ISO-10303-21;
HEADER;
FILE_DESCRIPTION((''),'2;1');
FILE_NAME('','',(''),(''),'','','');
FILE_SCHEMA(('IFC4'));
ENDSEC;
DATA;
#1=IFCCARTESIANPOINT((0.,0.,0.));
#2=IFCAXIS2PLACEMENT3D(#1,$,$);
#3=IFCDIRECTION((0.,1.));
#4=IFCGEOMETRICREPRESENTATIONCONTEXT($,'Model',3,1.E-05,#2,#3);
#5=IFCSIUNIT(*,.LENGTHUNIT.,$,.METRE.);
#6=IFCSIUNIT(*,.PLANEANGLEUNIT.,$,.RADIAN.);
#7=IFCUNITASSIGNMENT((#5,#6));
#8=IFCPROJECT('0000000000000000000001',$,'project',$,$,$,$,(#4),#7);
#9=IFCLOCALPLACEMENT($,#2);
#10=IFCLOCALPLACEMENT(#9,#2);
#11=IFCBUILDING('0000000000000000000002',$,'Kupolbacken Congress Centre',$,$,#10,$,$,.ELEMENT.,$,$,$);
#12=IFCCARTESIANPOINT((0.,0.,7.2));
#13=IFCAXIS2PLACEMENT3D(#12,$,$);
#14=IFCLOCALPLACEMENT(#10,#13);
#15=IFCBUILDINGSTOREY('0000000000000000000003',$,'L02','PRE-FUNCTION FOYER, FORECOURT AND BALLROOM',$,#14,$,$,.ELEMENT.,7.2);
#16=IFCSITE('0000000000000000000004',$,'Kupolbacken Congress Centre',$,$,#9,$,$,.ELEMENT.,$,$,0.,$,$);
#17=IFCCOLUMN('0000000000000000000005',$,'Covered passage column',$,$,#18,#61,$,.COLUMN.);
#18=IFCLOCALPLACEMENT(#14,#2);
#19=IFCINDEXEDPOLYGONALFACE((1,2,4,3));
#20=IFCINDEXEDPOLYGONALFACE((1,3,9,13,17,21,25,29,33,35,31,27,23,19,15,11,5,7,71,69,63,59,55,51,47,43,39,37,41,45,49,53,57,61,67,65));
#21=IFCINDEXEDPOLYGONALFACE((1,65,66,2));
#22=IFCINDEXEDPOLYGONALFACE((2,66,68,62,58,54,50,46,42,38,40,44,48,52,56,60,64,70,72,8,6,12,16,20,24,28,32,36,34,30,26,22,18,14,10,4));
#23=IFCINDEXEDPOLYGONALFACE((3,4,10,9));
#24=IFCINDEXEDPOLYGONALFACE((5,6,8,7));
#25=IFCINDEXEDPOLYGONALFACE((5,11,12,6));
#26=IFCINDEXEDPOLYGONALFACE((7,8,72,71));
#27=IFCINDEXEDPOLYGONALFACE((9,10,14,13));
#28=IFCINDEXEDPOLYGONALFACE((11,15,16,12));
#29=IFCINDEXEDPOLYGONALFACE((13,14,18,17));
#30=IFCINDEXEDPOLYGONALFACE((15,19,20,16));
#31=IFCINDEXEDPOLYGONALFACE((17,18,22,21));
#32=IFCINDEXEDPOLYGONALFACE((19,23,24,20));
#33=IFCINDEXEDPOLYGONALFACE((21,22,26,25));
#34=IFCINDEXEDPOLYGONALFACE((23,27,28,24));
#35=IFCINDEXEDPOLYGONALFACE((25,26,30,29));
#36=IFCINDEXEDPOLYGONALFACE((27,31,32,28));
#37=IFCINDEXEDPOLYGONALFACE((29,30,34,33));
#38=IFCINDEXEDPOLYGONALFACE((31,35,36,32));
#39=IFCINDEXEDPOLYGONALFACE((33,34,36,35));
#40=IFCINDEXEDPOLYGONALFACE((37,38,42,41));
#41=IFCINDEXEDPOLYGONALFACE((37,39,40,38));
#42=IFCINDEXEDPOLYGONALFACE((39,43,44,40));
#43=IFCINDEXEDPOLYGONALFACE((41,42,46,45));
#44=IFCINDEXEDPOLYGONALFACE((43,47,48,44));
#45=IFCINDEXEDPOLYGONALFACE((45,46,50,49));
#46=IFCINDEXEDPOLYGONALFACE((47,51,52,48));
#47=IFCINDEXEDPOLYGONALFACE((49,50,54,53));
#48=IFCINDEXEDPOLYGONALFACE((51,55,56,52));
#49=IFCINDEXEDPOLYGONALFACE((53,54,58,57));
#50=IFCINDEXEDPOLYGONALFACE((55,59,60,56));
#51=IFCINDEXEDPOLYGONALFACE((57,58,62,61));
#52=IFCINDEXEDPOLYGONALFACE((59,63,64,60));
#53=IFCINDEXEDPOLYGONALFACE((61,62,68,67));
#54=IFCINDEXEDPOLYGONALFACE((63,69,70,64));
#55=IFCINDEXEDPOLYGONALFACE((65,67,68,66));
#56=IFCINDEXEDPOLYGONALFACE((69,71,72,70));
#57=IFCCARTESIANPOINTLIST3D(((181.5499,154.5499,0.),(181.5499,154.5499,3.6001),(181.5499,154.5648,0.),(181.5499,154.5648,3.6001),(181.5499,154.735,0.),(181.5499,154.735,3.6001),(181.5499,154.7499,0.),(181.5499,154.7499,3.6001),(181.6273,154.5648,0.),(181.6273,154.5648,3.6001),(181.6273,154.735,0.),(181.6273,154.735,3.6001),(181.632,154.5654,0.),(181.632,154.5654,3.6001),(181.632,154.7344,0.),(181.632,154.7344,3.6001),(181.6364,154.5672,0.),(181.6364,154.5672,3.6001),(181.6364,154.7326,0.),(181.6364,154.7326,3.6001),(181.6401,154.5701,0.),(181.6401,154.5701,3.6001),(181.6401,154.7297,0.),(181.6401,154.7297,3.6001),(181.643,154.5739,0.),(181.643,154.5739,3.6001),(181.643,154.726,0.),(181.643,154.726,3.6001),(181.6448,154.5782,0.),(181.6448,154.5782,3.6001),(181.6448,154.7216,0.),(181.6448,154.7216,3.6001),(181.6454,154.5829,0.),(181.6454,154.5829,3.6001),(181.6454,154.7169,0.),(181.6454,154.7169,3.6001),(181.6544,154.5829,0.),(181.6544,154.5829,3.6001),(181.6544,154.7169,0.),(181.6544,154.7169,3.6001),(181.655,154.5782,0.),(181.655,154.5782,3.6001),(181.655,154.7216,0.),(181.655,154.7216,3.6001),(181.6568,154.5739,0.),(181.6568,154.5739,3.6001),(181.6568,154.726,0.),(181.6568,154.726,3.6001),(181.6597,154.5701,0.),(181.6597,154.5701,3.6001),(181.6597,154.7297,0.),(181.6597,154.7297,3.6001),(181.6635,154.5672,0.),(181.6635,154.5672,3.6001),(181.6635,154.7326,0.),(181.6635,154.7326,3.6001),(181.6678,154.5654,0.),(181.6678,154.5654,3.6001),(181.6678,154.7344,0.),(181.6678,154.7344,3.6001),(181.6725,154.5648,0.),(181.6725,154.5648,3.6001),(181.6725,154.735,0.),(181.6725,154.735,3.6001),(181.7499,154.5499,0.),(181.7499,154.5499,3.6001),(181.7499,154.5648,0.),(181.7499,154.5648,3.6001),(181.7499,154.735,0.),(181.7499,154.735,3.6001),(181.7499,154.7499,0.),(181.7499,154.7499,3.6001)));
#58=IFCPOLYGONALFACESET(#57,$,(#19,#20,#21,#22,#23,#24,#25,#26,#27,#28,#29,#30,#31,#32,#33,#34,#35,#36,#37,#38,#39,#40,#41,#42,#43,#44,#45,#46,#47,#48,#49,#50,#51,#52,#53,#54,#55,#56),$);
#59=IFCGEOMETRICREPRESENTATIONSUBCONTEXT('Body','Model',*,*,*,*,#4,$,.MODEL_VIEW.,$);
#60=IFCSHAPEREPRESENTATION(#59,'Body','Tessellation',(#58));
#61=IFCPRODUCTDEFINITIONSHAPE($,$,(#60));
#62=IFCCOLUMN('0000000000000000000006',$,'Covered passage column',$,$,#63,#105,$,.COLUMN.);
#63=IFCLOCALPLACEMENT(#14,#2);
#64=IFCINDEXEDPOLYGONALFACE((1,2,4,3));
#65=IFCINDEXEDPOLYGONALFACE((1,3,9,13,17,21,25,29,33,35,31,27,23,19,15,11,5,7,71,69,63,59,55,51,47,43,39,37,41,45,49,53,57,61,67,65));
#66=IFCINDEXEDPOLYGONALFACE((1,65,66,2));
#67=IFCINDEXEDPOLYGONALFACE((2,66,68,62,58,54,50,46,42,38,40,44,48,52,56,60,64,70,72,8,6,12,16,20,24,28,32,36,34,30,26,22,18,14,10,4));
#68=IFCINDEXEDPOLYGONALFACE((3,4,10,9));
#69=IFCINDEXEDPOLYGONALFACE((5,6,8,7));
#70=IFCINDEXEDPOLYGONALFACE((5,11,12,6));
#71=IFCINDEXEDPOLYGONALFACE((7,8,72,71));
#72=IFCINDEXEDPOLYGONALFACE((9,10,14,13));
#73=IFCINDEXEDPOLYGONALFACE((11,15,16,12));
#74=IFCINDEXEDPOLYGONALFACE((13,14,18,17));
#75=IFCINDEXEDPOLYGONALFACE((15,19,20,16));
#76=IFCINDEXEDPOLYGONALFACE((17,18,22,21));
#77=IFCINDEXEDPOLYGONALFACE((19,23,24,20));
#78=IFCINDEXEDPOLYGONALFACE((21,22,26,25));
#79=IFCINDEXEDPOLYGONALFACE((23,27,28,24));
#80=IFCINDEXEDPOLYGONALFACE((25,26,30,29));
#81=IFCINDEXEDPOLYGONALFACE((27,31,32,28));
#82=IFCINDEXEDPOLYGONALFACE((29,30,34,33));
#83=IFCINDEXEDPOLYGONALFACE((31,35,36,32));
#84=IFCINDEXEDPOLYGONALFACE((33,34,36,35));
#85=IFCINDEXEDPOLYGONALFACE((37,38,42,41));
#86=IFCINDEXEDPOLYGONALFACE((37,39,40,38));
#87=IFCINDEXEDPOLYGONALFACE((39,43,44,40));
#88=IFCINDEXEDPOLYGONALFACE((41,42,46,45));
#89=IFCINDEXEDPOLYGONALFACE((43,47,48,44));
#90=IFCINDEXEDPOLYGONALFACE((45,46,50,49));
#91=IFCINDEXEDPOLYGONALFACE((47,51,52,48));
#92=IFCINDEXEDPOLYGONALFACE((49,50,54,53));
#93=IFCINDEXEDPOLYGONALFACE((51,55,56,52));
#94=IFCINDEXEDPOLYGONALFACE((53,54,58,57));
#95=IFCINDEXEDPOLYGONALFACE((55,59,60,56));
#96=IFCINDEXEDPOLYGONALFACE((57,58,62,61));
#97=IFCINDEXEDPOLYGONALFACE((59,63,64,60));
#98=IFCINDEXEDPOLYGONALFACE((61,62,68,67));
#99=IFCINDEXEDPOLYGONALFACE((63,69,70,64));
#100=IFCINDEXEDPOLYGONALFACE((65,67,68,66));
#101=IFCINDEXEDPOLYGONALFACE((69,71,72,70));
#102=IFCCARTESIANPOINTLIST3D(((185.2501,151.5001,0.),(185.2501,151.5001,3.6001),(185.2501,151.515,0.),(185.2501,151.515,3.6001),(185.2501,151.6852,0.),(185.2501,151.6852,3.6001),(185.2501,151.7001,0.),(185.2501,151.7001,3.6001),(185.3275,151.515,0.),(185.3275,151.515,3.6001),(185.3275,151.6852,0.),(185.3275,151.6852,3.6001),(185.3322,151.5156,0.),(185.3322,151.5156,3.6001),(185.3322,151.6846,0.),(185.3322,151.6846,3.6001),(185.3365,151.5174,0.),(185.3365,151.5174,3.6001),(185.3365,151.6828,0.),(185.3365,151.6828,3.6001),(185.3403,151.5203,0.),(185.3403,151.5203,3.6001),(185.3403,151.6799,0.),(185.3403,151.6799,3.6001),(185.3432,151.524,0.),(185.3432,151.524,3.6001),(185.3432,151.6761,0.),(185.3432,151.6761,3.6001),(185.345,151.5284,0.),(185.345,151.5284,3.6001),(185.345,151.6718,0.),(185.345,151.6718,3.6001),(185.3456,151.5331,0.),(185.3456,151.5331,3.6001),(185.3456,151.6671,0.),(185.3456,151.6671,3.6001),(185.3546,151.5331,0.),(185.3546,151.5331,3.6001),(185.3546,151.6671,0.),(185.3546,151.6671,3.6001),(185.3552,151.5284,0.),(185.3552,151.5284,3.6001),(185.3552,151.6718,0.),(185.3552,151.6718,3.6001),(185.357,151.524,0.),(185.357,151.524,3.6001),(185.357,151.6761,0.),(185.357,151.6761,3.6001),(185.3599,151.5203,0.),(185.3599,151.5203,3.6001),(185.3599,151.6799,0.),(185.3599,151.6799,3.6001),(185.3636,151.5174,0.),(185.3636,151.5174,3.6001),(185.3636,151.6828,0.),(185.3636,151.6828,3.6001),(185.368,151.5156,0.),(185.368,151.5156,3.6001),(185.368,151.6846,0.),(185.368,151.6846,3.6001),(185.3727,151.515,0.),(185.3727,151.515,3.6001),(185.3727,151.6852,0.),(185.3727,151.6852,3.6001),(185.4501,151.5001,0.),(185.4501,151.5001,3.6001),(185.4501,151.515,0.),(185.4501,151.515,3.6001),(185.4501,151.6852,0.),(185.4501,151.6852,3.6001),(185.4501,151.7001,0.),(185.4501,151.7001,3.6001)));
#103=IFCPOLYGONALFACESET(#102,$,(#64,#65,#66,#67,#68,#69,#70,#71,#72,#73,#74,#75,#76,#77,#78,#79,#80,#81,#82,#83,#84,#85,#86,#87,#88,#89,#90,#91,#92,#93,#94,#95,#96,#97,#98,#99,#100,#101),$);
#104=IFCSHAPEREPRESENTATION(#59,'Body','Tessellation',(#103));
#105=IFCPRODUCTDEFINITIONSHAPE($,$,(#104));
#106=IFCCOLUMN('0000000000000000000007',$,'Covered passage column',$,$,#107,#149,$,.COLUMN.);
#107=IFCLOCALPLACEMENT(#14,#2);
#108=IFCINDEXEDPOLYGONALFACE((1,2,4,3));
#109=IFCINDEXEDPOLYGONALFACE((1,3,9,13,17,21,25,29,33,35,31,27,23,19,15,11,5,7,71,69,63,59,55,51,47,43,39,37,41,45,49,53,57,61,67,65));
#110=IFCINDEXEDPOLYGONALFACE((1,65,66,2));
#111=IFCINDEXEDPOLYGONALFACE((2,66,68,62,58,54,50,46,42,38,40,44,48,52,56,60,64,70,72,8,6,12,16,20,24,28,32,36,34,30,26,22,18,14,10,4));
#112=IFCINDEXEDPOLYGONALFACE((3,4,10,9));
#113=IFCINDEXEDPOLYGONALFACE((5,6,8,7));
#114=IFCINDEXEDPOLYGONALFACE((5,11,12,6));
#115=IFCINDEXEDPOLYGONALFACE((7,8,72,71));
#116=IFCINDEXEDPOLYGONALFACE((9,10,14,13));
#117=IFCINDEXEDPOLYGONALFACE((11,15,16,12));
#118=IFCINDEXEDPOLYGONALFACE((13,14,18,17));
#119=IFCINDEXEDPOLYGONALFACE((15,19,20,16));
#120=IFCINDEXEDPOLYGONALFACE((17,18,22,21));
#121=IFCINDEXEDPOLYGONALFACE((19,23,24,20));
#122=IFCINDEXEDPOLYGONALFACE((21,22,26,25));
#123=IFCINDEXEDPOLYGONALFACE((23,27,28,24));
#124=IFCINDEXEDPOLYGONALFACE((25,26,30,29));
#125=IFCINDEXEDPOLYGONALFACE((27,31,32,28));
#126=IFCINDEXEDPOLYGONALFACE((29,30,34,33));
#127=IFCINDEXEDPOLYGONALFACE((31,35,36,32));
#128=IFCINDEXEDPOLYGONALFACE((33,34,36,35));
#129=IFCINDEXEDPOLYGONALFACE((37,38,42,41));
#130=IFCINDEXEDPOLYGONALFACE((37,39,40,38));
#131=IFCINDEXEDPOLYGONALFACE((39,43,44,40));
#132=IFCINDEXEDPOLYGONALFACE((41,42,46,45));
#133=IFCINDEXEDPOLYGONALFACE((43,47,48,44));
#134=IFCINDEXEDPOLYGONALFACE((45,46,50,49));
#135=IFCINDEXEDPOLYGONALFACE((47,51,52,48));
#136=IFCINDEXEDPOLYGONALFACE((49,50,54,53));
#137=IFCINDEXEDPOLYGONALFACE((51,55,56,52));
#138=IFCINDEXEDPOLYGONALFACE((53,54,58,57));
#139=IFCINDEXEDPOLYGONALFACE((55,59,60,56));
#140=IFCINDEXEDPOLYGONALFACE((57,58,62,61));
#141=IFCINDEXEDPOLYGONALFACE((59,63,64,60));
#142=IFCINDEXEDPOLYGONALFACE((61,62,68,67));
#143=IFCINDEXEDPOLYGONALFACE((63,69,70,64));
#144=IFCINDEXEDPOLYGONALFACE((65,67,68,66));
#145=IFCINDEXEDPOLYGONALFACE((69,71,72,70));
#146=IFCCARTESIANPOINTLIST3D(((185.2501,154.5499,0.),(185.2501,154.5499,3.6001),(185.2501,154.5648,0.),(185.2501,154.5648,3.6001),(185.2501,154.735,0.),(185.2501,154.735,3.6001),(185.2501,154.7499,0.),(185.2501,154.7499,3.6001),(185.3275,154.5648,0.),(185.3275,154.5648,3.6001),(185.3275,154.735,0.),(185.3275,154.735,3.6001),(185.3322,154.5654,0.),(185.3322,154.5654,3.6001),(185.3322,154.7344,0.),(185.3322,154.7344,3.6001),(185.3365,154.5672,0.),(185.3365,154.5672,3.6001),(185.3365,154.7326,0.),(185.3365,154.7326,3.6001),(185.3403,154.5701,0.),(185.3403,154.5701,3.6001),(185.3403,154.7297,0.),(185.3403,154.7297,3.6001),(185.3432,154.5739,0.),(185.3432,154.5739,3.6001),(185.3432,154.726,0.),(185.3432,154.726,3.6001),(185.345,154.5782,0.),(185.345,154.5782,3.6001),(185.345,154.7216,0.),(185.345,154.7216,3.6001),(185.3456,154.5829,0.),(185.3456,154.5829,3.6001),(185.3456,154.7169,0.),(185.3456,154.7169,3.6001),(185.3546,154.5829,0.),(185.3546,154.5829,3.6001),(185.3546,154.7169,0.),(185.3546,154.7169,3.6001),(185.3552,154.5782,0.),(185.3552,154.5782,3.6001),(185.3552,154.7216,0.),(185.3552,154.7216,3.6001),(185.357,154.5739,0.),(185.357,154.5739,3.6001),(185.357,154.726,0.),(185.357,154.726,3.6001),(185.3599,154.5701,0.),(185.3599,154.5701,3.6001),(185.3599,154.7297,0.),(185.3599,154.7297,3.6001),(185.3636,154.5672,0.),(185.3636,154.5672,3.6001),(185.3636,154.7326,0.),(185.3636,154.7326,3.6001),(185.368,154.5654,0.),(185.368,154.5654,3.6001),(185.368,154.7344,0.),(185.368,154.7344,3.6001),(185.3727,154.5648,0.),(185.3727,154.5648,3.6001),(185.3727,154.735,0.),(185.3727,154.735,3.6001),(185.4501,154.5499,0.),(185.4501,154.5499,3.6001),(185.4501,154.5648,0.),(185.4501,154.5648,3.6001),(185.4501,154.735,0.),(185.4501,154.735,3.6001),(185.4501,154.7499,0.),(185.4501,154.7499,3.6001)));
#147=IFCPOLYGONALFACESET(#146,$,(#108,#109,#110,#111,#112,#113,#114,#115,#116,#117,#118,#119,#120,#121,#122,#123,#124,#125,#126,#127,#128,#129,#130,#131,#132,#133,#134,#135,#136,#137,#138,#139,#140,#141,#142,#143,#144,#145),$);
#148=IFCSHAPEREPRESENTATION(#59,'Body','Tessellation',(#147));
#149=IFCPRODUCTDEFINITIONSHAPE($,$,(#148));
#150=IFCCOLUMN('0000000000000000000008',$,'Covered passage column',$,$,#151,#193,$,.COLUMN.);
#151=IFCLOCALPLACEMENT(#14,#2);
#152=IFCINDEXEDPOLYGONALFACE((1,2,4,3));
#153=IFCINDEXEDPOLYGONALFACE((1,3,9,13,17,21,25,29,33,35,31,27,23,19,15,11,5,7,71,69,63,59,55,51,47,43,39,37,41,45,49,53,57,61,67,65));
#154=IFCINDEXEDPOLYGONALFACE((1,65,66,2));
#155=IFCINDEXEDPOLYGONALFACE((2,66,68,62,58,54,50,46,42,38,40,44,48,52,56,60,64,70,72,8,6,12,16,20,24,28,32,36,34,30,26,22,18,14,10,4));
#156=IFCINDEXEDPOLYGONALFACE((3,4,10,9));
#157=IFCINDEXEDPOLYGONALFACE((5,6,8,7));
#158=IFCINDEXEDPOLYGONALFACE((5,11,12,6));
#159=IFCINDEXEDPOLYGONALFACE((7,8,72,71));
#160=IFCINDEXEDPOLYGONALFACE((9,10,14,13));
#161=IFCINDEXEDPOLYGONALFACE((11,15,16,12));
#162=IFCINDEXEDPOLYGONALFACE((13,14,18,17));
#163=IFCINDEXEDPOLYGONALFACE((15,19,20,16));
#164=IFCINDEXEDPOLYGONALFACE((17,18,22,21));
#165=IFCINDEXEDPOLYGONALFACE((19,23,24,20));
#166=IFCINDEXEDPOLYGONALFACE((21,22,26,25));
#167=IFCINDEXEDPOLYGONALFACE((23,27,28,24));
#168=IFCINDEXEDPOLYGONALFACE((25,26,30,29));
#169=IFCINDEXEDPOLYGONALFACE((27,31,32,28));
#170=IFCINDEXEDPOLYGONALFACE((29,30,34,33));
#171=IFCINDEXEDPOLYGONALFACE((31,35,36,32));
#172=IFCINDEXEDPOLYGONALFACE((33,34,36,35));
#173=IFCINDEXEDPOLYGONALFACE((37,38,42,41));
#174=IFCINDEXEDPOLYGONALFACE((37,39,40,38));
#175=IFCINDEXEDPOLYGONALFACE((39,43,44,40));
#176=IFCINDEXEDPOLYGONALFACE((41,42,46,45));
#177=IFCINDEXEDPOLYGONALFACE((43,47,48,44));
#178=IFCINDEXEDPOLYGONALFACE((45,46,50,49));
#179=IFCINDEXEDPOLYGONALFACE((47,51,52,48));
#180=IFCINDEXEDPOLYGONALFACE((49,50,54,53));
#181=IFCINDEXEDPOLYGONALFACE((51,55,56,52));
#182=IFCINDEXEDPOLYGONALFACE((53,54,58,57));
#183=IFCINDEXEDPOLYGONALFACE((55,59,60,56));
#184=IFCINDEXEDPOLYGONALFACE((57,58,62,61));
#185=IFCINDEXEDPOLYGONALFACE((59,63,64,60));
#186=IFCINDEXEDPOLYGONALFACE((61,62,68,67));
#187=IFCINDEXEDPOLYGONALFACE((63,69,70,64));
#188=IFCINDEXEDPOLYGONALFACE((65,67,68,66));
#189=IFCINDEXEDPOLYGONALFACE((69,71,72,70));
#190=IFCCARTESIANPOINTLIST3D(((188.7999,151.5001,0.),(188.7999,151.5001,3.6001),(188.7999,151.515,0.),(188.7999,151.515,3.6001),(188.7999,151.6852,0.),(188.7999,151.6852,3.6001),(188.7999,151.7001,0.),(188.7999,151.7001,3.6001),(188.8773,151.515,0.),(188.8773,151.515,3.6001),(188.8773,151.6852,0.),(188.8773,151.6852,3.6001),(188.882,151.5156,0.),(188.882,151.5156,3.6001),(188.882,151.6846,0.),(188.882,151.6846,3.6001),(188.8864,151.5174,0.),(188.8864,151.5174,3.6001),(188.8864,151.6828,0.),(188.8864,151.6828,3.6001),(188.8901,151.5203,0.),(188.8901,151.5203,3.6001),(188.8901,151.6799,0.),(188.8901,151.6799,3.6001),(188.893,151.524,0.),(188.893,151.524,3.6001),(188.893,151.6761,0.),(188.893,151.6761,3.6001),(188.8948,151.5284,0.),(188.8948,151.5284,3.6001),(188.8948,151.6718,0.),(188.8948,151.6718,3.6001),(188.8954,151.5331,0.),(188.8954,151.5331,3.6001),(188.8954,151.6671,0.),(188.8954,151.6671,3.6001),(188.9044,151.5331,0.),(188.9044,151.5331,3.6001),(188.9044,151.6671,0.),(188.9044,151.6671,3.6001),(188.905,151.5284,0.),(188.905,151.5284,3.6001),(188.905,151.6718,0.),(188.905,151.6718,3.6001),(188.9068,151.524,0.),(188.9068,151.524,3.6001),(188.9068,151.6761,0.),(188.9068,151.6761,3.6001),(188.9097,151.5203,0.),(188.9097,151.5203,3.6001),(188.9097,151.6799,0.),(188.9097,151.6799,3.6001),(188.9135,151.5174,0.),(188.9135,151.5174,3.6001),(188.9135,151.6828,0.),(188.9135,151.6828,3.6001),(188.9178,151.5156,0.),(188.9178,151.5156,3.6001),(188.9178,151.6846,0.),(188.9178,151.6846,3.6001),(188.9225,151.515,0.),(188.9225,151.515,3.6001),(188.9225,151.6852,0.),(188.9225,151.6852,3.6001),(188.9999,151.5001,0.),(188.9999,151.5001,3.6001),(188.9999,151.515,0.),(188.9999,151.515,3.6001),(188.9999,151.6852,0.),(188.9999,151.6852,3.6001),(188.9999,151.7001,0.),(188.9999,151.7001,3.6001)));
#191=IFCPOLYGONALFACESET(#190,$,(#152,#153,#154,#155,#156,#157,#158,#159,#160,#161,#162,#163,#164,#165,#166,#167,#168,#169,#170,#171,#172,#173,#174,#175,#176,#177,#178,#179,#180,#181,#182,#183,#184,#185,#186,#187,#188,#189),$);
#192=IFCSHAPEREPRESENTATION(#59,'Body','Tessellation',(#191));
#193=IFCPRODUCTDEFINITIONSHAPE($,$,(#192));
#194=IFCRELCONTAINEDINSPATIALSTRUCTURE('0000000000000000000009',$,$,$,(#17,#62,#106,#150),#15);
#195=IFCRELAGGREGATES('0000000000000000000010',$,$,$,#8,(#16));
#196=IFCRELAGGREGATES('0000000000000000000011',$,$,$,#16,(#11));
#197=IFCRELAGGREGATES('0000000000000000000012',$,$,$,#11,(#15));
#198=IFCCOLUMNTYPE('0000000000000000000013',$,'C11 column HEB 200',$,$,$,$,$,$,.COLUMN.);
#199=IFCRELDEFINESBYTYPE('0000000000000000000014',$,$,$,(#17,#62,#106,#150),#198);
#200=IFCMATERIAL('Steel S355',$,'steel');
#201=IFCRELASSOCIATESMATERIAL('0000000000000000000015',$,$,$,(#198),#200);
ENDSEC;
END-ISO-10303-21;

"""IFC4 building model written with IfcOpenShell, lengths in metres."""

from ifc_helpers import new_model, si_unit, direction, frame, origin, origin_2d, place, context, subcontext, project, spatial, i_section, extrude, material, material_profile, profile_set, type_object, element, save


model = new_model("IFC4")

# Units and contexts
model_context = context("Model", 3, precision=1e-05, world=origin(), true_north=direction((0.0, 1.0)))
body_context = subcontext(model_context, "Body", "Model", "MODEL_VIEW")
ifc_project = project(units=[si_unit("LENGTHUNIT", "METRE"), si_unit("PLANEANGLEUNIT", "RADIAN")], contexts=[model_context])

# Site, building, storey
site_placement = place(None, origin())
site = spatial("IfcSite", under=ifc_project, at=site_placement, Name="Kupolbacken Congress Centre", CompositionType="ELEMENT", RefElevation=0.0)
building_placement = place(site_placement, origin())
building = spatial("IfcBuilding", under=site, at=building_placement, Name="Kupolbacken Congress Centre", CompositionType="ELEMENT")
storey_placement = place(building_placement, frame((0.0, 0.0, 7.2)))
storey = spatial("IfcBuildingStorey", under=building, at=storey_placement, Name="L02", Description="PRE-FUNCTION FOYER, FORECOURT AND BALLROOM", CompositionType="ELEMENT", Elevation=7.2)

# Columns
ifc_material_1 = material(Name="Steel S355", Category="steel")
ifc_material_profile_1 = material_profile(ifc_material_1, i_section(OverallWidth=0.2, OverallDepth=0.2, WebThickness=0.009, FlangeThickness=0.0149, FilletRadius=0.0181, at=origin_2d()), Name="HEB 200")
ifc_profile_set_1 = profile_set([ifc_material_profile_1], Name="Steel S355")
column_type_1 = type_object("IfcColumnType", Name="C11 column HEB 200", PredefinedType="COLUMN", material=ifc_profile_set_1)
for number, where, z_axis, x_axis, name in (
    (1, (181.6499, 154.6499, 0.0), (0.0, 0.0, 1.0), (1.0, 0.0, 0.0), "Covered passage column"),
    (2, (185.3501, 151.6001, 0.0), (0.0, 0.0, 1.0), (1.0, 0.0, 0.0), "Covered passage column"),
    (3, (185.3501, 154.6499, 0.0), (0.0, 0.0, 1.0), (1.0, 0.0, 0.0), "Covered passage column"),
    (4, (188.8999, 151.6001, 0.0), (0.0, 0.0, 1.0), (1.0, 0.0, 0.0), "Covered passage column"),
):
    element("IfcColumn", number, at=place(storey_placement, frame(where, z_axis=z_axis, x_axis=x_axis)), inside=storey, type_object=column_type_1, Name=name, PredefinedType="COLUMN", context=body_context, shape_type="SweptSolid", body=[
        extrude(i_section(OverallWidth=0.2, OverallDepth=0.2, WebThickness=0.009, FlangeThickness=0.0149, FilletRadius=0.0181, at=origin_2d()), origin(), (0.0, 0.0, 1.0), 3.6001),
    ])

save(model, "model.ifc")
